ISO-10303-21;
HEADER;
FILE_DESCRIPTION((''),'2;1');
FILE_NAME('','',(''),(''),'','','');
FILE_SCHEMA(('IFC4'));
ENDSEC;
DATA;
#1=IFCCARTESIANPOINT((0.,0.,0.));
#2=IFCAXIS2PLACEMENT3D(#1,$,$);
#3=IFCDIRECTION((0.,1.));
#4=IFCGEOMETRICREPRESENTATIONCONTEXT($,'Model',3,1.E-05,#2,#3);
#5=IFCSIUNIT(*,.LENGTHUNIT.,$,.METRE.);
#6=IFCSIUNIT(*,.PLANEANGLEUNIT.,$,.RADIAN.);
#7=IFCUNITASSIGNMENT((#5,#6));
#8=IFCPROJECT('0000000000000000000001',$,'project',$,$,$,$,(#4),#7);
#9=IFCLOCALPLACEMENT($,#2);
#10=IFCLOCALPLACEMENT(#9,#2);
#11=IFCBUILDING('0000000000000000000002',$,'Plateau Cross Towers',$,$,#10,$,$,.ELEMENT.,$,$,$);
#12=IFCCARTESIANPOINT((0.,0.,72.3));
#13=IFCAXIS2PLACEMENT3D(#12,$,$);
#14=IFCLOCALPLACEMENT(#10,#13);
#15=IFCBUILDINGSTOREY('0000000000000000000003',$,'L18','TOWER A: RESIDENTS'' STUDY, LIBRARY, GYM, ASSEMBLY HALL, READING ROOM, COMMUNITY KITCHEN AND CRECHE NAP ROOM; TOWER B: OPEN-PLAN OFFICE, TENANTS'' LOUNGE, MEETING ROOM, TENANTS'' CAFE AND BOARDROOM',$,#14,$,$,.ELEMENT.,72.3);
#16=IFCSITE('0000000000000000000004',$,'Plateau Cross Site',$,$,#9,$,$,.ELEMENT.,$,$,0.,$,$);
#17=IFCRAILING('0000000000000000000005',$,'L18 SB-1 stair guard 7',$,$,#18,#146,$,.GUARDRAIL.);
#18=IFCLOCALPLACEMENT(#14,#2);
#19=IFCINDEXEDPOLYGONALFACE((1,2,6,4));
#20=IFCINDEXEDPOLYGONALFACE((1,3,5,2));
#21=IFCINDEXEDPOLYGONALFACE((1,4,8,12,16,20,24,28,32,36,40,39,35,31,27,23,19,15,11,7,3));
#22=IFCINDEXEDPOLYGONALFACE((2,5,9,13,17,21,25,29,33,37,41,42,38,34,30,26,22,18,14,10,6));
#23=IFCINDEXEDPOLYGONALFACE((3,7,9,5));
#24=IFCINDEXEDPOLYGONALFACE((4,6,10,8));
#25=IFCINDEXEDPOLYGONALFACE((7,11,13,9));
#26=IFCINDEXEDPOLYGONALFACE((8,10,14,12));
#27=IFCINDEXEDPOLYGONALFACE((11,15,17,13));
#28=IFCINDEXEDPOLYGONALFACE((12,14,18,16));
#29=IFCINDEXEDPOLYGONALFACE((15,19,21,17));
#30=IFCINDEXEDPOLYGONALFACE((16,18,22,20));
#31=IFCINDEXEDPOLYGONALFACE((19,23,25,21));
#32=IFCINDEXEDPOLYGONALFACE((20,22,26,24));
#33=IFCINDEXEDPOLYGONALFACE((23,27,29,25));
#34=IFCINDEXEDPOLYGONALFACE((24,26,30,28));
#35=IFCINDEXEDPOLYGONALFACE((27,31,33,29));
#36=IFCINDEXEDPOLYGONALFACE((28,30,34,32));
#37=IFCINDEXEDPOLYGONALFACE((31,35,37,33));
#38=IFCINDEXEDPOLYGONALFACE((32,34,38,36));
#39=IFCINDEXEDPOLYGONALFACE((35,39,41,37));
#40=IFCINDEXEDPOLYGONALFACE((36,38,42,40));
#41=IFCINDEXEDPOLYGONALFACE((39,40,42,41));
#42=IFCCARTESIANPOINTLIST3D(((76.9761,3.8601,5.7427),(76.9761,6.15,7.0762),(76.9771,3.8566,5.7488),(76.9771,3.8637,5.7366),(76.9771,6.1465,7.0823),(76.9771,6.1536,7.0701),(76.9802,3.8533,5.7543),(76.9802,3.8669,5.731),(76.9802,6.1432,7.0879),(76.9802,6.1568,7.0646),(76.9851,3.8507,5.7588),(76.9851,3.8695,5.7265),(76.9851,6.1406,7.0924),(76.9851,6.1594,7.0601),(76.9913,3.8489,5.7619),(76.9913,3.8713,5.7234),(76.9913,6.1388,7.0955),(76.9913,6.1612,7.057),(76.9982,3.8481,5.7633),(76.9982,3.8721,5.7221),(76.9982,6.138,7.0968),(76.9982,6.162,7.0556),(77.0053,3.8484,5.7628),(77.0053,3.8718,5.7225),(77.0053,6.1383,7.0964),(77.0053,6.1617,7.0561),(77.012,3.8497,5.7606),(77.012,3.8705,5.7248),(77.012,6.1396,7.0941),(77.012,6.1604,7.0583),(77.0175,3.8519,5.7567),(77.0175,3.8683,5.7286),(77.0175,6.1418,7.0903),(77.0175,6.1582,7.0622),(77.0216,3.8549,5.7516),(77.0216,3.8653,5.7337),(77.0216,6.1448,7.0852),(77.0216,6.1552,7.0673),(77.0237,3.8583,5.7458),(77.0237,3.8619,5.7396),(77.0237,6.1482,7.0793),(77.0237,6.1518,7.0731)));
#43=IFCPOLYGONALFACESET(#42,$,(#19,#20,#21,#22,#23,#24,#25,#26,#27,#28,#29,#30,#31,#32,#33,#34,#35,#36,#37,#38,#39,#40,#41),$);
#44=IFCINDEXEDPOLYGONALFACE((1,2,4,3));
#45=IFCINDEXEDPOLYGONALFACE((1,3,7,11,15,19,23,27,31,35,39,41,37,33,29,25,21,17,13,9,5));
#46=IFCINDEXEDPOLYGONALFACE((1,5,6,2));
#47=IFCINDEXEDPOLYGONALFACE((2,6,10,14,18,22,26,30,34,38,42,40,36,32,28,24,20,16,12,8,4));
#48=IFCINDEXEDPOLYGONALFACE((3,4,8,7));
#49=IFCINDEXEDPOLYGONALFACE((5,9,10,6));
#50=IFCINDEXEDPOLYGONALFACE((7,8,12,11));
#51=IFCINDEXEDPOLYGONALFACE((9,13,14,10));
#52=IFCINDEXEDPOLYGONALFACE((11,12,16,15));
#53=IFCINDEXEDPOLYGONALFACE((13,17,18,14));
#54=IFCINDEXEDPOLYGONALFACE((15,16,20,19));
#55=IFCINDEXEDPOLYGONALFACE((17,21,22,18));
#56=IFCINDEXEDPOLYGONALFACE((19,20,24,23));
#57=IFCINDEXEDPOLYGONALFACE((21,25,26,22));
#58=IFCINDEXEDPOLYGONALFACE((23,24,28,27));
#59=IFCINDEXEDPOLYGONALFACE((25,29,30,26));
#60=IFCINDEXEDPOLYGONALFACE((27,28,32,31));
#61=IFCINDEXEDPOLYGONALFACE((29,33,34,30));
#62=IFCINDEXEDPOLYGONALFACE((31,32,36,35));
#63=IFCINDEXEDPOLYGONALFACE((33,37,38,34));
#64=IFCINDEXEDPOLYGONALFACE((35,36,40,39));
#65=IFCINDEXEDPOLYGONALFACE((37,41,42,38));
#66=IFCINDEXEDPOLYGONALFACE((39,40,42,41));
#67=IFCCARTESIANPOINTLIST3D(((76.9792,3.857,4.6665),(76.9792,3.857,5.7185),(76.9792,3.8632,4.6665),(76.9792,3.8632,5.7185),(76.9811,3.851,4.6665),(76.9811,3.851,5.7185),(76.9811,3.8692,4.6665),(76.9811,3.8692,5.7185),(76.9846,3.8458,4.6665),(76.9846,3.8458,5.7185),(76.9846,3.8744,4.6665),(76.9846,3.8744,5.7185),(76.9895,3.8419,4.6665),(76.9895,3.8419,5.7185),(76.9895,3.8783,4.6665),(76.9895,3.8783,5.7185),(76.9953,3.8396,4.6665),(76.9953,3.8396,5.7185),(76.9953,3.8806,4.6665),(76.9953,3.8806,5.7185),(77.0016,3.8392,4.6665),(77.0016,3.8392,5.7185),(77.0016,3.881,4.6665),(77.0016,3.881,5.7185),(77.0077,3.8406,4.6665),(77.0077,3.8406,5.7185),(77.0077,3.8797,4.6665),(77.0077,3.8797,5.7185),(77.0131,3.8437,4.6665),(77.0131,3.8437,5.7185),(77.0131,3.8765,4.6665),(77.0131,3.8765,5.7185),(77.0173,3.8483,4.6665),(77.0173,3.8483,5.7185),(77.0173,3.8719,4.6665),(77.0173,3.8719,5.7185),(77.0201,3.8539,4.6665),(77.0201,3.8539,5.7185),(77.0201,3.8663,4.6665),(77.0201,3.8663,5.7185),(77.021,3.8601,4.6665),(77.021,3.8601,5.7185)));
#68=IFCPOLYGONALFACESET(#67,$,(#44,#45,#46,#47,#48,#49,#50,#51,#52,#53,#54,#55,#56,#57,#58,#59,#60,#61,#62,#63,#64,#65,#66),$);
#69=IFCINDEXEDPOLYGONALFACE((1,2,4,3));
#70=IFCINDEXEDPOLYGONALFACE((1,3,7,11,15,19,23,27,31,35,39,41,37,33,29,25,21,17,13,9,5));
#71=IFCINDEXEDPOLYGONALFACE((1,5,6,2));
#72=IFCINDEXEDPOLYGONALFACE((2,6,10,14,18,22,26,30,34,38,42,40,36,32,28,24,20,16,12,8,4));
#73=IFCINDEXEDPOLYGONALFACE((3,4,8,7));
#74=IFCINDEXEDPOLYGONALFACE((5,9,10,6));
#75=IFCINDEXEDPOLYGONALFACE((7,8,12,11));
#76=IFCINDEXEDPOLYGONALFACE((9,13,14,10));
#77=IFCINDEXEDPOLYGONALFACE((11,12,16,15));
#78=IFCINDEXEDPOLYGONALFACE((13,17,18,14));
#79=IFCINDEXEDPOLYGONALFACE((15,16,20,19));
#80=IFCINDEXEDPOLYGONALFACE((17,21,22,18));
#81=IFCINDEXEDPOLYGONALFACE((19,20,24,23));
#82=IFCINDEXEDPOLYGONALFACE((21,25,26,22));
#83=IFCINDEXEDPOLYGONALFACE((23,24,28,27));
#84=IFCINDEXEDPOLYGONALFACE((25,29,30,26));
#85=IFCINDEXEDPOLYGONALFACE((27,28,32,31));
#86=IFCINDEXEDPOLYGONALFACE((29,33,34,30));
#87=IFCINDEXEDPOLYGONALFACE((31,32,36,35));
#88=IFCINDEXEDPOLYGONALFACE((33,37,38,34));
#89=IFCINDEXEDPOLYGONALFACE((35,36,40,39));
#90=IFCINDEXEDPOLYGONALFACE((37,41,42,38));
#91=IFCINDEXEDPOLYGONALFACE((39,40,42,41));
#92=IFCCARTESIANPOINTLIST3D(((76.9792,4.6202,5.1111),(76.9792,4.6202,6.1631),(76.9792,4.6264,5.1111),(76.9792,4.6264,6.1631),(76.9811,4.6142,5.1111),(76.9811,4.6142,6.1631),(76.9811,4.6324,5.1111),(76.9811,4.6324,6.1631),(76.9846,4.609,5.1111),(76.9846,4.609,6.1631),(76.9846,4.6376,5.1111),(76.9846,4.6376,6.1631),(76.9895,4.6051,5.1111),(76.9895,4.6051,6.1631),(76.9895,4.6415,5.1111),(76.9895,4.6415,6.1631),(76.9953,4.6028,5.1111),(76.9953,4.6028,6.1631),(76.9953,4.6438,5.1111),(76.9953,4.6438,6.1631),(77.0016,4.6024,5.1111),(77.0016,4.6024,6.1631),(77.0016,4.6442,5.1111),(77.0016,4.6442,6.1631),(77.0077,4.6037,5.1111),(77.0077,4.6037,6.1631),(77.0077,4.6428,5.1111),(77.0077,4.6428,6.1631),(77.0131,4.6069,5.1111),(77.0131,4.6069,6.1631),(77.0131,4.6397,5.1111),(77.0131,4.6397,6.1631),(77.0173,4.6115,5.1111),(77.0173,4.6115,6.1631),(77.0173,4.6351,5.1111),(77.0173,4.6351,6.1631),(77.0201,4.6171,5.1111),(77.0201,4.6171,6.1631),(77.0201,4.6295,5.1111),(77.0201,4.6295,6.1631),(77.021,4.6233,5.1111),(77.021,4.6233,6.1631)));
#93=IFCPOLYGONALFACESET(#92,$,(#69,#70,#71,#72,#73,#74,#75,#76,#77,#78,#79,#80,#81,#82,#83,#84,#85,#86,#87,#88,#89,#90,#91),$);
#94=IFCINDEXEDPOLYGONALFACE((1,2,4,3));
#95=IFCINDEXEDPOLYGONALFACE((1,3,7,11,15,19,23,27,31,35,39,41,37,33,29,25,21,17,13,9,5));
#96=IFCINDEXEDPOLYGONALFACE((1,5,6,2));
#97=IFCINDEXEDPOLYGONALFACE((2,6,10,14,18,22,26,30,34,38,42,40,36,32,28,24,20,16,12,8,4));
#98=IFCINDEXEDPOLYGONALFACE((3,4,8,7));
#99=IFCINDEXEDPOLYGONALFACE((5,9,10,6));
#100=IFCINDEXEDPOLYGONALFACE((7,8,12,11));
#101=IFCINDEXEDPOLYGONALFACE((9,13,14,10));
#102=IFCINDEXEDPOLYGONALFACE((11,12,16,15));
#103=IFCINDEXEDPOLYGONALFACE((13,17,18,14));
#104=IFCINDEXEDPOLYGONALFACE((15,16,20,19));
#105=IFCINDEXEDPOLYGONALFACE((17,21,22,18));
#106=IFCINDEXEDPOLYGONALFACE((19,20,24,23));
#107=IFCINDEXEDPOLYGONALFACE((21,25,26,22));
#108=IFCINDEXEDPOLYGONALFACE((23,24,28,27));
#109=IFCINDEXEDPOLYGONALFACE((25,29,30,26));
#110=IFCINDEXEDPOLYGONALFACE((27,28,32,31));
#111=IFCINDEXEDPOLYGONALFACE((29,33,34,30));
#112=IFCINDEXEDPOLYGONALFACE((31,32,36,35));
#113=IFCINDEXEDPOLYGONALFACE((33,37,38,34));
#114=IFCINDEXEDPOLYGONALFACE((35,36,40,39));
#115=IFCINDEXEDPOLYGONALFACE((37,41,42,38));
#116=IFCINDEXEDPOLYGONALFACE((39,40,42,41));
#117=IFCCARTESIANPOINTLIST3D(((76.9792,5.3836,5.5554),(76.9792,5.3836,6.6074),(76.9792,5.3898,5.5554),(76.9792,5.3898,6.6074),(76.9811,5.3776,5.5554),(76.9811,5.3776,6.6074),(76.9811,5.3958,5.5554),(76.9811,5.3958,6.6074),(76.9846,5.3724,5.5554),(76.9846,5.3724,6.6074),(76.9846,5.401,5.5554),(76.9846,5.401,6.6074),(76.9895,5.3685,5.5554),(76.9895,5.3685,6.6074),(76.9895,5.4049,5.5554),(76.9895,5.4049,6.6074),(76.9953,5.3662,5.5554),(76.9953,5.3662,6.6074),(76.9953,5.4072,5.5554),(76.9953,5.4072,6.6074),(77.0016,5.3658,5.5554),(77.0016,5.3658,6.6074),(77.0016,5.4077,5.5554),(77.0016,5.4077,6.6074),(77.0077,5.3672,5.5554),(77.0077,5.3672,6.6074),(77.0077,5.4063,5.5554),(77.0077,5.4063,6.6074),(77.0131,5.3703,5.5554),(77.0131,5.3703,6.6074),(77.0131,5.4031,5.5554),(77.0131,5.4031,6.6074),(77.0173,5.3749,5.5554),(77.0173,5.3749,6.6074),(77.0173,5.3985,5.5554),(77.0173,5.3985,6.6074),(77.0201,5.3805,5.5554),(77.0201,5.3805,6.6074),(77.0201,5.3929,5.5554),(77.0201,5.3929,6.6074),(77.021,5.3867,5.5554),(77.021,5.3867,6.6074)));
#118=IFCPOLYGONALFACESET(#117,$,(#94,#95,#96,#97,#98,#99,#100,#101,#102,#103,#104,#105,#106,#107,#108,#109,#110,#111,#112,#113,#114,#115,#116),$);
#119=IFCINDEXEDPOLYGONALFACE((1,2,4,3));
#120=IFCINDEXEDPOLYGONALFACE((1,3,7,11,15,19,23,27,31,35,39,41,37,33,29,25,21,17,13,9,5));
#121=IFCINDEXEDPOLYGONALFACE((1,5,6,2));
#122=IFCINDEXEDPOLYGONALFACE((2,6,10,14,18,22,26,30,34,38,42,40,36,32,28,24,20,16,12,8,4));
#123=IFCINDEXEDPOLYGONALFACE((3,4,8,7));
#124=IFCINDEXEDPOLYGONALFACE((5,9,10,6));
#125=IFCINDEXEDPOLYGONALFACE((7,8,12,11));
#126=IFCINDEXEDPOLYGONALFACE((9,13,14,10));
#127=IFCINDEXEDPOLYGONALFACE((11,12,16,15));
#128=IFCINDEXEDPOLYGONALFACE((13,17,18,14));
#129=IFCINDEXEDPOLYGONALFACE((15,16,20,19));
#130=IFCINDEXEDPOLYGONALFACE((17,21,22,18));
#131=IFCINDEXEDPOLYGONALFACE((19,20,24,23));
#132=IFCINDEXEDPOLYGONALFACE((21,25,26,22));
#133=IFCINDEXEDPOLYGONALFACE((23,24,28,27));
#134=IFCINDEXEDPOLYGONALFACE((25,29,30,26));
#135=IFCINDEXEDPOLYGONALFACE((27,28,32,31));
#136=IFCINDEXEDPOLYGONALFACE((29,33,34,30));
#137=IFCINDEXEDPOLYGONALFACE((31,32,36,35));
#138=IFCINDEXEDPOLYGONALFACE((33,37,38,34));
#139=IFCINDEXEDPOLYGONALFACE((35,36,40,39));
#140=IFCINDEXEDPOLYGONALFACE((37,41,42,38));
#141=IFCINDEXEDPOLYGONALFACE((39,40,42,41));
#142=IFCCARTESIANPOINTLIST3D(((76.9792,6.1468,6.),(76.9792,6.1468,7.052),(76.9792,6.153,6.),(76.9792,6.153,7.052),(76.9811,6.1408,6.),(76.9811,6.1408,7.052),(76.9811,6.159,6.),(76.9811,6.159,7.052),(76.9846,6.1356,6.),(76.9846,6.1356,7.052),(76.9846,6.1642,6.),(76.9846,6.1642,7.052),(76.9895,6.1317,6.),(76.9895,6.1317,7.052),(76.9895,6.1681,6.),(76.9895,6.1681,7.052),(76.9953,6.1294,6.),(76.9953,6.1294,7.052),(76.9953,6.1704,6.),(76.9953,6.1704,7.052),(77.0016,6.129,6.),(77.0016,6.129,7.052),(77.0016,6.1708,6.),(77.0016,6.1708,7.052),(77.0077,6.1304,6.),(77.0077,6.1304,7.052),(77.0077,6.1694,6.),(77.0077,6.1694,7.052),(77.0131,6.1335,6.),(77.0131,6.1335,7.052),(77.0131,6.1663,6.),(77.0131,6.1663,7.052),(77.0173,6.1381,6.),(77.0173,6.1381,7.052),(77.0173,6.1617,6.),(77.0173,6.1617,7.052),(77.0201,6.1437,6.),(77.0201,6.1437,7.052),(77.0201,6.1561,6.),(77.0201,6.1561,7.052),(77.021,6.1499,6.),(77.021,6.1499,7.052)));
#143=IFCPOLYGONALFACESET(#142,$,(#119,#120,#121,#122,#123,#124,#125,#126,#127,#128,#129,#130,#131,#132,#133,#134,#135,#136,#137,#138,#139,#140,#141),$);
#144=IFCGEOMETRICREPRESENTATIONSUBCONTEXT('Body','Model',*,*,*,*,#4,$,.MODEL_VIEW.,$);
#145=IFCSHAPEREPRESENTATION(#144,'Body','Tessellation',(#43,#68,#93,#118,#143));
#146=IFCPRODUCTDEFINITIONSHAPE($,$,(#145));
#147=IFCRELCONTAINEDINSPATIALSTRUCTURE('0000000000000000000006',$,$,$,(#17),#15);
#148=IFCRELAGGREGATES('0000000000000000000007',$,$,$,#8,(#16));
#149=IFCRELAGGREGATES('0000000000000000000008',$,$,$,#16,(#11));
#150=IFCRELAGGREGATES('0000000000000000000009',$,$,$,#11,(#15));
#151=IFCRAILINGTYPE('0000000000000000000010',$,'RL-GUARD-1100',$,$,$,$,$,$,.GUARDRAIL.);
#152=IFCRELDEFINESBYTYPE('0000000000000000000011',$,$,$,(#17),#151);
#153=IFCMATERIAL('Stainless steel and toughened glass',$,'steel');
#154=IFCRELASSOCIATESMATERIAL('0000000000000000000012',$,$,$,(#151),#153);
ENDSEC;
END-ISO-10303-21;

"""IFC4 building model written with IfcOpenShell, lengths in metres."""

from ifc_helpers import new_model, si_unit, direction, frame, origin, origin_2d, place, context, subcontext, project, spatial, circle, extrude, material, type_object, element, save


model = new_model("IFC4")

# Units and contexts
model_context = context("Model", 3, precision=1e-05, world=origin(), true_north=direction((0.0, 1.0)))
body_context = subcontext(model_context, "Body", "Model", "MODEL_VIEW")
ifc_project = project(units=[si_unit("LENGTHUNIT", "METRE"), si_unit("PLANEANGLEUNIT", "RADIAN")], contexts=[model_context])

# Site, building, storey
site_placement = place(None, origin())
site = spatial("IfcSite", under=ifc_project, at=site_placement, Name="Plateau Cross Site", CompositionType="ELEMENT", RefElevation=0.0)
building_placement = place(site_placement, origin())
building = spatial("IfcBuilding", under=site, at=building_placement, Name="Plateau Cross Towers", CompositionType="ELEMENT")
storey_placement = place(building_placement, frame((0.0, 0.0, 72.3)))
storey = spatial("IfcBuildingStorey", under=building, at=storey_placement, Name="L18", Description="TOWER A: RESIDENTS' STUDY, LIBRARY, GYM, ASSEMBLY HALL, READING ROOM, COMMUNITY KITCHEN AND CRECHE NAP ROOM; TOWER B: OPEN-PLAN OFFICE, TENANTS' LOUNGE, MEETING ROOM, TENANTS' CAFE AND BOARDROOM", CompositionType="ELEMENT", Elevation=72.3)

# Railing
ifc_material_1 = material(Name="Stainless steel and toughened glass", Category="steel")
railing_type_1 = type_object("IfcRailingType", Name="RL-GUARD-1100", PredefinedType="GUARDRAIL", material=ifc_material_1)
railing_1_placement = place(storey_placement, frame((77.0, 3.8601, 4.6665)))
element("IfcRailing", 1, at=railing_1_placement, inside=storey, type_object=railing_type_1, Name="L18 SB-1 stair guard 7", PredefinedType="GUARDRAIL", context=body_context, shape_type="SweptSolid", body=[
    extrude(circle(Radius=0.0239, at=origin_2d()), frame((0.0, 0.0, 1.0762), z_axis=(0.0, 0.864143, 0.503246), x_axis=(-1.0, 0.0, 0.0)), (0.0, 0.0, 1.0), 2.6499),
    extrude(circle(Radius=0.021, at=origin_2d()), origin(), (0.0, 0.0, 1.0), 1.052),
    extrude(circle(Radius=0.021, at=origin_2d()), frame((0.0, 0.7632, 0.4446)), (0.0, 0.0, 1.0), 1.052),
    extrude(circle(Radius=0.021, at=origin_2d()), frame((0.0, 1.5266, 0.8889)), (0.0, 0.0, 1.0), 1.052),
    extrude(circle(Radius=0.021, at=origin_2d()), frame((0.0, 2.2898, 1.3335)), (0.0, 0.0, 1.0), 1.052),
])

save(model, "model.ifc")
